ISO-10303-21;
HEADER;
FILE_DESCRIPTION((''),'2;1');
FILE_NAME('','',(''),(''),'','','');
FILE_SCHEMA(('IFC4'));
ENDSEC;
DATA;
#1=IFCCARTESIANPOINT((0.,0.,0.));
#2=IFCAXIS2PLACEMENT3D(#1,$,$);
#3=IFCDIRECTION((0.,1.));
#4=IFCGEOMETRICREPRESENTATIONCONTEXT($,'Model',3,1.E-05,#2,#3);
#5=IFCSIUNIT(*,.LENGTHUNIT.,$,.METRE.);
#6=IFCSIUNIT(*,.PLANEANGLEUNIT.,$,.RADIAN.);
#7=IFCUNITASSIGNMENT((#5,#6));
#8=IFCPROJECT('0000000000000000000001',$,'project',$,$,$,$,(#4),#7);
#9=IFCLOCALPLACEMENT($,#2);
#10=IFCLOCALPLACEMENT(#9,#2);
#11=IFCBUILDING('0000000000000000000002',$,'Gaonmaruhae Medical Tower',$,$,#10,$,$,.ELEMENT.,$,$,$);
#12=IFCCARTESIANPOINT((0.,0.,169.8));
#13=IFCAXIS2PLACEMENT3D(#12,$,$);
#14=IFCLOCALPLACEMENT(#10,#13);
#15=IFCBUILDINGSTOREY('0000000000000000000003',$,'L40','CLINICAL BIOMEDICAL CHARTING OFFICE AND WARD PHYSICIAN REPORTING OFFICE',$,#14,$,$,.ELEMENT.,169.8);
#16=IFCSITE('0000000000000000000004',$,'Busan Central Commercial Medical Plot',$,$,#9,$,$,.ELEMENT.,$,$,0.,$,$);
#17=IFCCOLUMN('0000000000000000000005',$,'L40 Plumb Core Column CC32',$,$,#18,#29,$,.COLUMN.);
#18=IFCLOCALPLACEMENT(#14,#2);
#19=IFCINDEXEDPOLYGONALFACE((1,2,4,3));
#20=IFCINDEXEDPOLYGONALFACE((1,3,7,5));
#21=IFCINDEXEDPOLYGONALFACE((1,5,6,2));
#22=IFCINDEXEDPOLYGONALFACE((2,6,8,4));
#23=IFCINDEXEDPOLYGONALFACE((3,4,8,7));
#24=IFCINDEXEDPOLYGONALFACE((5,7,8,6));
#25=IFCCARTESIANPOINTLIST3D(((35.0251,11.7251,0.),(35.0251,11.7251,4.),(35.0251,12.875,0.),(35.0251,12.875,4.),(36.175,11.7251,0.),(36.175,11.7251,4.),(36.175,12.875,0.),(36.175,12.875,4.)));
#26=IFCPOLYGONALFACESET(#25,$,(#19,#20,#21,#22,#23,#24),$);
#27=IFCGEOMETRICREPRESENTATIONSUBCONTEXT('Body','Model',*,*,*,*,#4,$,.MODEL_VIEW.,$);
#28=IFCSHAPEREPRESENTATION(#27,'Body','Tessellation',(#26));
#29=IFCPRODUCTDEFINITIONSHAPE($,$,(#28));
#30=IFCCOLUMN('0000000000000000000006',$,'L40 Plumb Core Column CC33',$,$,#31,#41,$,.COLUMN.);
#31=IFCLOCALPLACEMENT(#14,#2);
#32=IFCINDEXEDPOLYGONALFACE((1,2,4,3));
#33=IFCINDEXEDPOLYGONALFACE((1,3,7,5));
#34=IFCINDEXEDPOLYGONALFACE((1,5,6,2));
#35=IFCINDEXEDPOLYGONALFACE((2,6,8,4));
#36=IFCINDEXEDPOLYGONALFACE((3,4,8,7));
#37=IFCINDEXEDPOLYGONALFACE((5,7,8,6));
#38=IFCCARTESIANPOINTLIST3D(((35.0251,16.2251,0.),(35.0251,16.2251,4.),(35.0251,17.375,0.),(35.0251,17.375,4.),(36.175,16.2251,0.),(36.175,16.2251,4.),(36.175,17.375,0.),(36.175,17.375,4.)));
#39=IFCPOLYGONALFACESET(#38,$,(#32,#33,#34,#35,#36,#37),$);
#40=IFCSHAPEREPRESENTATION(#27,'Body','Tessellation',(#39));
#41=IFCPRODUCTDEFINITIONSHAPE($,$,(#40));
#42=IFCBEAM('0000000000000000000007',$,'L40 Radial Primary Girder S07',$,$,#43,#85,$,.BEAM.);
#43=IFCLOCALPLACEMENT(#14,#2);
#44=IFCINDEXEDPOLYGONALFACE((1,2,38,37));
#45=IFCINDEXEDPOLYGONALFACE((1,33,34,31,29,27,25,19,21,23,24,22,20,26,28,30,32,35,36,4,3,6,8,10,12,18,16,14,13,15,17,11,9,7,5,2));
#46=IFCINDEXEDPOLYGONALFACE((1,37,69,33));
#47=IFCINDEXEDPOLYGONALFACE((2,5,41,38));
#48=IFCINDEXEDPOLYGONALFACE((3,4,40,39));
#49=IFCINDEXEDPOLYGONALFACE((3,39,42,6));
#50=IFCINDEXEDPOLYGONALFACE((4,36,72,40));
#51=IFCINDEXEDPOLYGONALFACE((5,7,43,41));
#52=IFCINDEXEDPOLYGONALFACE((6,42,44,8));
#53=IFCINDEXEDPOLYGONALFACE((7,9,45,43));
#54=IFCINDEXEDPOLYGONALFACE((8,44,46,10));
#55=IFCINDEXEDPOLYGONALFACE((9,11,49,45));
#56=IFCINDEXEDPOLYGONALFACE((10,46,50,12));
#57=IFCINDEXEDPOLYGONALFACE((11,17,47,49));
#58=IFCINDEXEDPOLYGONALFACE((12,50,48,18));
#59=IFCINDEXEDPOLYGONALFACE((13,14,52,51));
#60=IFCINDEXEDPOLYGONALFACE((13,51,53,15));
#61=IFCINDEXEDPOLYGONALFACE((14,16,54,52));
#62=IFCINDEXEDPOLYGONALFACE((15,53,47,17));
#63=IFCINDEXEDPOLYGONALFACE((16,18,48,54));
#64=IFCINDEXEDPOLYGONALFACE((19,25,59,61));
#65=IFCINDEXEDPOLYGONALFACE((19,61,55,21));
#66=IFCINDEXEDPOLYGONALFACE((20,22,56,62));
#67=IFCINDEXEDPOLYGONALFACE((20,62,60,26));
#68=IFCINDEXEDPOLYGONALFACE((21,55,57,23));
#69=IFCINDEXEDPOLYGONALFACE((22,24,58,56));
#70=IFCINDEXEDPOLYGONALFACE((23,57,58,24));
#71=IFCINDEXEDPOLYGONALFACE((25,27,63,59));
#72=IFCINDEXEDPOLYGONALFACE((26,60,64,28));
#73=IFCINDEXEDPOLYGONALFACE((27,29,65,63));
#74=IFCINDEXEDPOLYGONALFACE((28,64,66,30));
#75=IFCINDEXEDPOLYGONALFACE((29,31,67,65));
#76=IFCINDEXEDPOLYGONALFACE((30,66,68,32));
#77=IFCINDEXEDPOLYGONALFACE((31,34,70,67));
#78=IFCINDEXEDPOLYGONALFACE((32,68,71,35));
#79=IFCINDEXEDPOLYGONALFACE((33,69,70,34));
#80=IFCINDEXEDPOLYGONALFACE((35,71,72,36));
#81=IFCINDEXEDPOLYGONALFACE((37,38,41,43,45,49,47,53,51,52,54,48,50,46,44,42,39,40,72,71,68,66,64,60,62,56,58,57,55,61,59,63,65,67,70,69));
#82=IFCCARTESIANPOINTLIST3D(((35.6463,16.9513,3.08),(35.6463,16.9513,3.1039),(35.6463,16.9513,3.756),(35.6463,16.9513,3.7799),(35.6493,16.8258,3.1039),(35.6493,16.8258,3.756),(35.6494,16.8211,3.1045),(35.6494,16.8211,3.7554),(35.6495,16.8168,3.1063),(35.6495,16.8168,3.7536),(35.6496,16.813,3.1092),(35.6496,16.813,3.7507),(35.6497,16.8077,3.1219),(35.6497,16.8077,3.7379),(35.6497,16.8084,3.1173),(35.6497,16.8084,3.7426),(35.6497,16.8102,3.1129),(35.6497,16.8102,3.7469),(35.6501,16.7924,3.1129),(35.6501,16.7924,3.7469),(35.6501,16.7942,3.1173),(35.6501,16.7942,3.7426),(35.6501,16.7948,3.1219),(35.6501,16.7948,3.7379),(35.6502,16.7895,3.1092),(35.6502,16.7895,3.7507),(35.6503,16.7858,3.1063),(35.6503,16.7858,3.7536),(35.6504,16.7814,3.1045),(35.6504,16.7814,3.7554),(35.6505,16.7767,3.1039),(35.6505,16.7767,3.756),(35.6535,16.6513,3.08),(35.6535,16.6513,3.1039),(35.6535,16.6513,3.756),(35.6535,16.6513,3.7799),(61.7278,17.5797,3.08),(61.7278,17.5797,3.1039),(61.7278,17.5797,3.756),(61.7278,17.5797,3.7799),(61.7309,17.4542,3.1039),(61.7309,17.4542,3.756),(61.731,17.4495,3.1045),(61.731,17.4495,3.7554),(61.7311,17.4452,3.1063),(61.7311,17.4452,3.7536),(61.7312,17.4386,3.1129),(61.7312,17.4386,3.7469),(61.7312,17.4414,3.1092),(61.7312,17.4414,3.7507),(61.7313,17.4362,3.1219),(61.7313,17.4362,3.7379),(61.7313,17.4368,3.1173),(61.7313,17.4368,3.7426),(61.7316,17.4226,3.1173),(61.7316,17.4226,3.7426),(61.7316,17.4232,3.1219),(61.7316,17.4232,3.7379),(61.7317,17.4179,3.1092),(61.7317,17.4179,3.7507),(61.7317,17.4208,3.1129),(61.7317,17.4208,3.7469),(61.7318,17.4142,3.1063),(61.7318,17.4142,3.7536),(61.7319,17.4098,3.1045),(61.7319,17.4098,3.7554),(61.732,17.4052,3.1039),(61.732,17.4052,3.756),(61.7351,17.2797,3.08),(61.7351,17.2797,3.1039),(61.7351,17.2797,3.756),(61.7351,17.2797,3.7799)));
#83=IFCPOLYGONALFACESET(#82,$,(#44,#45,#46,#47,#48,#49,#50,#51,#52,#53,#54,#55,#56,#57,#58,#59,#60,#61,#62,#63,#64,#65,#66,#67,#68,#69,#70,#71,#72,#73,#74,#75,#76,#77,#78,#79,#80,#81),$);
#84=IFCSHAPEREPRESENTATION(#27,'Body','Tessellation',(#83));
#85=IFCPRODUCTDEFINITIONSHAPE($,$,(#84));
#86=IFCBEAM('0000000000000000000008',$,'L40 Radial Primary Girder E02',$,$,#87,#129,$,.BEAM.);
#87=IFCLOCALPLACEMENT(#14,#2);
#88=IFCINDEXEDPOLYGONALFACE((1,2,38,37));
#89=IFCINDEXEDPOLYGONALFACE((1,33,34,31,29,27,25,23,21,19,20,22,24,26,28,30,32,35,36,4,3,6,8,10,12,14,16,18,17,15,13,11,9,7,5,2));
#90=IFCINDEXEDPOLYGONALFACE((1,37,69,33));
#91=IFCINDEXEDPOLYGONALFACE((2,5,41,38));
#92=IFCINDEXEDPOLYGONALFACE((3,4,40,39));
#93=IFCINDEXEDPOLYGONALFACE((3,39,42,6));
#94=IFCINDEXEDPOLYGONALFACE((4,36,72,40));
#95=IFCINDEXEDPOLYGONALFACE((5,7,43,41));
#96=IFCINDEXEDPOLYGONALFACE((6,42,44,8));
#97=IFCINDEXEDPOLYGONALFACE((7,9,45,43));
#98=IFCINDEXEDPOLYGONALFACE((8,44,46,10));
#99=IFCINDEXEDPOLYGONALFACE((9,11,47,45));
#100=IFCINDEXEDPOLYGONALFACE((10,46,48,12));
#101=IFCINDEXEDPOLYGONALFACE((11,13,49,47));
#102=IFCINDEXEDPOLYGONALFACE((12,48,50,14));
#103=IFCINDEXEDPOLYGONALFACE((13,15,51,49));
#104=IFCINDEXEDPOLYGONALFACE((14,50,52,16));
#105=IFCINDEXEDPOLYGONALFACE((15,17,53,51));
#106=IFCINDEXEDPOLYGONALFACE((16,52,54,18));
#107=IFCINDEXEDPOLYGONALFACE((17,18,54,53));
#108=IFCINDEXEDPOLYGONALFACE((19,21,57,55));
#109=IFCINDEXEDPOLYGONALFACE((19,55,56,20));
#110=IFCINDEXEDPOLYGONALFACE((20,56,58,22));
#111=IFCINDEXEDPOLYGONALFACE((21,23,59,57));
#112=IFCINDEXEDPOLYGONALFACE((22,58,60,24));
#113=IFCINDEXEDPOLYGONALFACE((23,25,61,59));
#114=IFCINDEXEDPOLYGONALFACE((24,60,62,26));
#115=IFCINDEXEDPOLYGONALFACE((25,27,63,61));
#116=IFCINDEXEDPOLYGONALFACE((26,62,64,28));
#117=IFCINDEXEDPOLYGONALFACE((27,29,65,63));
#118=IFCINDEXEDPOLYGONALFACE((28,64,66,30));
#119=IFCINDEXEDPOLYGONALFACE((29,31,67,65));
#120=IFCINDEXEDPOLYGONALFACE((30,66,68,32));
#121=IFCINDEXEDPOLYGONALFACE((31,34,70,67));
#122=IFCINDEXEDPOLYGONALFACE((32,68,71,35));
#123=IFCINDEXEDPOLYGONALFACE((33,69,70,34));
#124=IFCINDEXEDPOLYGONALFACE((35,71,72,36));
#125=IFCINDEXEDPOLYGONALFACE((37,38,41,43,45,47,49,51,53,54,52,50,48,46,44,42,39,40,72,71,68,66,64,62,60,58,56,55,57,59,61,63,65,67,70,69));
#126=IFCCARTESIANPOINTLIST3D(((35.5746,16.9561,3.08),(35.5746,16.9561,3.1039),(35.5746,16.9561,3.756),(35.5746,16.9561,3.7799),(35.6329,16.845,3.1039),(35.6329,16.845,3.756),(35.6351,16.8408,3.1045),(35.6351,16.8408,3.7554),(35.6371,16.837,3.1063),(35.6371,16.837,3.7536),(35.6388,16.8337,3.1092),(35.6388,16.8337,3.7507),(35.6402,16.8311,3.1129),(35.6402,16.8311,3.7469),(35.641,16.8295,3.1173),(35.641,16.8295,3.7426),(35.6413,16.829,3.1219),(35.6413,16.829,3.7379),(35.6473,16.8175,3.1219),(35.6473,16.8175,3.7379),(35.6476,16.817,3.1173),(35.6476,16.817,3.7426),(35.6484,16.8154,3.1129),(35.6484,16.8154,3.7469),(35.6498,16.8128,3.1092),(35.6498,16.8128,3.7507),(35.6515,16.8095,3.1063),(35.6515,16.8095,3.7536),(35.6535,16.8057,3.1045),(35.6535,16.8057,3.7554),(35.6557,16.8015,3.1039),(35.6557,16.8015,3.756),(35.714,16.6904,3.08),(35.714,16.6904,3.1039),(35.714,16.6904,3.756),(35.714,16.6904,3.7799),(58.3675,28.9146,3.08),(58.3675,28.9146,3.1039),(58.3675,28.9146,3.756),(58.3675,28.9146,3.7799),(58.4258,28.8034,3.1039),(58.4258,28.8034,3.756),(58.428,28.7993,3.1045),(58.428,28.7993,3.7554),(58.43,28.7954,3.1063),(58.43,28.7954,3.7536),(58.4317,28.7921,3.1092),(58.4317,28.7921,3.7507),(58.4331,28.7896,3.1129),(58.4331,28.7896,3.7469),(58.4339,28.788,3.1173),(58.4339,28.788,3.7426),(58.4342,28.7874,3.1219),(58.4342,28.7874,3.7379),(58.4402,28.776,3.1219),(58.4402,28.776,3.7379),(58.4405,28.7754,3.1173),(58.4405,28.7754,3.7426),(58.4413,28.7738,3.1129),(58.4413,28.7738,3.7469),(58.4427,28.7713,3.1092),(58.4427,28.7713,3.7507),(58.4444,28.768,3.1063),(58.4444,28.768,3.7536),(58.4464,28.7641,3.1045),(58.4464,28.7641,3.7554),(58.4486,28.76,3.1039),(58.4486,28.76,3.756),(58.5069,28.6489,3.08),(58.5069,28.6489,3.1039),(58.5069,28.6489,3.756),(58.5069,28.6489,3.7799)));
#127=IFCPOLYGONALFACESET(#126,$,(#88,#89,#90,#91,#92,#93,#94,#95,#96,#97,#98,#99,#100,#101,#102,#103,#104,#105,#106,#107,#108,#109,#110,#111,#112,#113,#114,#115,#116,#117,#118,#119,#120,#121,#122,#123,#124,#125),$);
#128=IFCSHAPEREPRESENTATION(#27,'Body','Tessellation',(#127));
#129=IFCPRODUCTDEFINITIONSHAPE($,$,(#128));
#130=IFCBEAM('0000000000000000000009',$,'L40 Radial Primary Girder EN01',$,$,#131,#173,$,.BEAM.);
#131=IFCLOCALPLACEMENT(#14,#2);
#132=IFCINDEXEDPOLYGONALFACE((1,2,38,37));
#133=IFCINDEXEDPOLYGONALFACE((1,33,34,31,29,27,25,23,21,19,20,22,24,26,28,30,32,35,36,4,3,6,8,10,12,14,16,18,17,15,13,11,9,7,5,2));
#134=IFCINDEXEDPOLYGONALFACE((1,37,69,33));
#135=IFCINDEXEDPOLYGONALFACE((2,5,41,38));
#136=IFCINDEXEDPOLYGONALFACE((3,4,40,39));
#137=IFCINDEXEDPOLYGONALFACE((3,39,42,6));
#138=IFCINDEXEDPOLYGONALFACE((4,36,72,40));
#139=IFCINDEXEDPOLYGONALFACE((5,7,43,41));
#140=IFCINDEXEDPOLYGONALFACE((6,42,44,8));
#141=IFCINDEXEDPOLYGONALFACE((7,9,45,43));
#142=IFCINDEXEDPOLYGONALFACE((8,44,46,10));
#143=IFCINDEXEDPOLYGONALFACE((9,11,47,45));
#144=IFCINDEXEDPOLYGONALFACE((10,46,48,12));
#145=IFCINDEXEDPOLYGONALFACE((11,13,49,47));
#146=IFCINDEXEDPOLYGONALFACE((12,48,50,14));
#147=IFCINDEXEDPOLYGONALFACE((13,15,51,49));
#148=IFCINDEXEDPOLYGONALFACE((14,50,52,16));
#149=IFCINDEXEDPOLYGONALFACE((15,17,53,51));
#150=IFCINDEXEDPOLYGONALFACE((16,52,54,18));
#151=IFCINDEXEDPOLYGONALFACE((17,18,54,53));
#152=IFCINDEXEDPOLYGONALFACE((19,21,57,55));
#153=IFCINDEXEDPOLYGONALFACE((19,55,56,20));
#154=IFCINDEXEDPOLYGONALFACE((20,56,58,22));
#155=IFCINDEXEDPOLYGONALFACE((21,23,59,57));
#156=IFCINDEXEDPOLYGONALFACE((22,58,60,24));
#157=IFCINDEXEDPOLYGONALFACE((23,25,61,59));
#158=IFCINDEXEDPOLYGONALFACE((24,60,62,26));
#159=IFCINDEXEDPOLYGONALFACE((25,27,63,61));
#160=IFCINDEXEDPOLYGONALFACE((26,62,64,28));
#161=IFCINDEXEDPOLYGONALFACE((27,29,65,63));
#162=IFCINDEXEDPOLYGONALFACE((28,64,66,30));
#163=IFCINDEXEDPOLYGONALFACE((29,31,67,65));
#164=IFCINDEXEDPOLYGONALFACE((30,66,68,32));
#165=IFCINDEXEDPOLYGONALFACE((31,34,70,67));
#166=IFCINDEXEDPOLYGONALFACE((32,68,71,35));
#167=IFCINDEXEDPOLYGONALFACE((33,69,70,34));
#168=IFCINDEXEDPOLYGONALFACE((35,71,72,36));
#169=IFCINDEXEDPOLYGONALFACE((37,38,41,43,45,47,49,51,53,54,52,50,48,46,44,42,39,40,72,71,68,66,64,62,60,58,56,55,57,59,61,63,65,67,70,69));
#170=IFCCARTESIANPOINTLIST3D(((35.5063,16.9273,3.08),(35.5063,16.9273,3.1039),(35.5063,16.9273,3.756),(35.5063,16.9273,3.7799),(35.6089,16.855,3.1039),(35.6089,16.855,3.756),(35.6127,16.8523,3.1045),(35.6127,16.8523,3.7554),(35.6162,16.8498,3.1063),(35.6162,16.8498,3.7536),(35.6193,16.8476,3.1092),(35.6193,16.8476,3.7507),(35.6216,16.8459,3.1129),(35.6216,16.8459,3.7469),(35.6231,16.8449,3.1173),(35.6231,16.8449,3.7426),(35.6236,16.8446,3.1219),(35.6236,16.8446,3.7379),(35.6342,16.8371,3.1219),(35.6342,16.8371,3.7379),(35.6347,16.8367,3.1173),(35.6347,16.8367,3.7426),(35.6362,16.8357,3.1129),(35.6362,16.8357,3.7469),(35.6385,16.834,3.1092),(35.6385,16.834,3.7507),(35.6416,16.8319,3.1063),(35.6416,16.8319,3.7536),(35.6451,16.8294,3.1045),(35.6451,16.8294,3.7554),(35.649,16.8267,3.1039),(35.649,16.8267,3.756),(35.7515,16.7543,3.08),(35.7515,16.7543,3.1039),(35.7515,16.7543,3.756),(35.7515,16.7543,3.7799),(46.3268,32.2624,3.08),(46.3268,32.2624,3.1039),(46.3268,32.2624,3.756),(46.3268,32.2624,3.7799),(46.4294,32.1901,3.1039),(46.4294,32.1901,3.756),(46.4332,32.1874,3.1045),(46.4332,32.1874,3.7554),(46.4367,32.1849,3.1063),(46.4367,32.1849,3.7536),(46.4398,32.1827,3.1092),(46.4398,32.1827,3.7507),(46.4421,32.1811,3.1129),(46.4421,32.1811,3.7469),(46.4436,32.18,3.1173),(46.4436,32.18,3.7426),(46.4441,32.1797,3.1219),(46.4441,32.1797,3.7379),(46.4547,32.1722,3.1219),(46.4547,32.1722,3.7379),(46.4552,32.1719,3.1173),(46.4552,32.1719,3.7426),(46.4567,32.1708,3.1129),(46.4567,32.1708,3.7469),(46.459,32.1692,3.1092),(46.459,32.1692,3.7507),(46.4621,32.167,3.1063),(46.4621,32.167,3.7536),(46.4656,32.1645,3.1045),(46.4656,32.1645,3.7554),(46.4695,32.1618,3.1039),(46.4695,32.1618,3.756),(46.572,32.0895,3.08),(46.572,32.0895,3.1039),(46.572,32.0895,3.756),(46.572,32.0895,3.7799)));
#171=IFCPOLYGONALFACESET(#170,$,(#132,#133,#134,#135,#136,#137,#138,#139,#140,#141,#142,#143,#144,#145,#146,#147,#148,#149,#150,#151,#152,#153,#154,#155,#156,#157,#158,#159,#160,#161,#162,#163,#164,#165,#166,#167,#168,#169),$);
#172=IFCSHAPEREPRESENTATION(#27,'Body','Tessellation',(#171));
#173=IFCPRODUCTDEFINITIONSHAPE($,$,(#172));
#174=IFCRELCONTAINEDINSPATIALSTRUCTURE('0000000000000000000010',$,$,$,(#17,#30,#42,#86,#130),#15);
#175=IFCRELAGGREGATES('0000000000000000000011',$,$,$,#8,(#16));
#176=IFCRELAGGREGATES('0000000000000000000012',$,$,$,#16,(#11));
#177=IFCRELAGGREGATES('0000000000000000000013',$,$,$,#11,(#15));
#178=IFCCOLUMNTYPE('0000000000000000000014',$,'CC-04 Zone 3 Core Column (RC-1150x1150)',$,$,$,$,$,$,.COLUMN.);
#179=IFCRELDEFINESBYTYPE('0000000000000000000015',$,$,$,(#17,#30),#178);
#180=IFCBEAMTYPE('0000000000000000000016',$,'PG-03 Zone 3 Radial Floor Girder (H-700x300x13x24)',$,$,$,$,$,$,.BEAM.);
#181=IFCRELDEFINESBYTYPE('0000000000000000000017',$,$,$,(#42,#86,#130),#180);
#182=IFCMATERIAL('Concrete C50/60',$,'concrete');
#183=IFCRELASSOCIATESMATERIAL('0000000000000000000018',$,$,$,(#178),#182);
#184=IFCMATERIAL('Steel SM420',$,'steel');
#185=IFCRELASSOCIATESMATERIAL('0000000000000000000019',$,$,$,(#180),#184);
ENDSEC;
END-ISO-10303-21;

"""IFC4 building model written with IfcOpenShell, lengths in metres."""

from ifc_helpers import new_model, si_unit, direction, frame, origin, origin_2d, place, context, subcontext, project, spatial, rectangle, i_section, extrude, material, material_profile, profile_set, type_object, element, save


model = new_model("IFC4")

# Units and contexts
model_context = context("Model", 3, precision=1e-05, world=origin(), true_north=direction((0.0, 1.0)))
body_context = subcontext(model_context, "Body", "Model", "MODEL_VIEW")
ifc_project = project(units=[si_unit("LENGTHUNIT", "METRE"), si_unit("PLANEANGLEUNIT", "RADIAN")], contexts=[model_context])

# Site, building, storey
site_placement = place(None, origin())
site = spatial("IfcSite", under=ifc_project, at=site_placement, Name="Busan Central Commercial Medical Plot", CompositionType="ELEMENT", RefElevation=0.0)
building_placement = place(site_placement, origin())
building = spatial("IfcBuilding", under=site, at=building_placement, Name="Gaonmaruhae Medical Tower", CompositionType="ELEMENT")
storey_placement = place(building_placement, frame((0.0, 0.0, 169.8)))
storey = spatial("IfcBuildingStorey", under=building, at=storey_placement, Name="L40", Description="CLINICAL BIOMEDICAL CHARTING OFFICE AND WARD PHYSICIAN REPORTING OFFICE", CompositionType="ELEMENT", Elevation=169.8)

# Columns
ifc_material_1 = material(Name="Concrete C50/60", Category="concrete")
ifc_material_profile_1 = material_profile(ifc_material_1, rectangle(XDim=1.1499, YDim=1.1499, at=origin_2d()), Name="RC-1150x1150")
ifc_profile_set_1 = profile_set([ifc_material_profile_1], Name="Concrete C50/60")
column_type = type_object("IfcColumnType", Name="CC-04 Zone 3 Core Column (RC-1150x1150)", PredefinedType="COLUMN", material=ifc_profile_set_1)
for number, where, z_axis, x_axis, name in (
    (1, (35.6001, 12.3, 0.0), (0.0, 0.0, 1.0), (1.0, 0.0, 0.0), "L40 Plumb Core Column CC32"),
    (2, (35.6001, 16.8, 0.0), (0.0, 0.0, 1.0), (1.0, 0.0, 0.0), "L40 Plumb Core Column CC33"),
):
    element("IfcColumn", number, at=place(storey_placement, frame(where, z_axis=z_axis, x_axis=x_axis)), inside=storey, type_object=column_type, Name=name, PredefinedType="COLUMN", context=body_context, shape_type="SweptSolid", body=[
        extrude(rectangle(XDim=1.1499, YDim=1.1499, at=origin_2d()), origin(), (0.0, 0.0, 1.0), 4.0),
    ])

# Beams
ifc_material_2 = material(Name="Steel SM420", Category="steel")
ifc_material_profile_2 = material_profile(ifc_material_2, i_section(OverallWidth=0.3, OverallDepth=0.7, WebThickness=0.0129, FlangeThickness=0.0239, FilletRadius=0.0181, at=origin_2d()), Name="H-700x300x13x24")
ifc_profile_set_2 = profile_set([ifc_material_profile_2], Name="Steel SM420")
beam_type = type_object("IfcBeamType", Name="PG-03 Zone 3 Radial Floor Girder (H-700x300x13x24)", PredefinedType="BEAM", material=ifc_profile_set_2)
beam_1_placement = place(storey_placement, frame((35.6499, 16.8013, 3.4299), z_axis=(0.99971, 0.024087, 0.0), x_axis=(-0.024087, 0.99971, 0.0)))
element("IfcBeam", 3, at=beam_1_placement, inside=storey, type_object=beam_type, Name="L40 Radial Primary Girder S07", PredefinedType="BEAM", context=body_context, shape_type="SweptSolid", body=[
    extrude(i_section(OverallWidth=0.3, OverallDepth=0.7, WebThickness=0.0129, FlangeThickness=0.0239, FilletRadius=0.0181, at=origin_2d()), origin(), (0.0, 0.0, 1.0), 26.0891),
])
beam_2_placement = place(storey_placement, frame((35.6443, 16.8232, 3.4299), z_axis=(0.885523, 0.464596, 0.0), x_axis=(-0.464596, 0.885523, 0.0)))
element("IfcBeam", 4, at=beam_2_placement, inside=storey, type_object=beam_type, Name="L40 Radial Primary Girder E02", PredefinedType="BEAM", context=body_context, shape_type="SweptSolid", body=[
    extrude(i_section(OverallWidth=0.3, OverallDepth=0.7, WebThickness=0.0129, FlangeThickness=0.0239, FilletRadius=0.0181, at=origin_2d()), origin(), (0.0, 0.0, 1.0), 25.7395),
])
beam_3_placement = place(storey_placement, frame((35.6289, 16.8408, 3.4299), z_axis=(0.57653, 0.817076, 0.0), x_axis=(-0.817076, 0.57653, 0.0)))
element("IfcBeam", 5, at=beam_3_placement, inside=storey, type_object=beam_type, Name="L40 Radial Primary Girder EN01", PredefinedType="BEAM", context=body_context, shape_type="SweptSolid", body=[
    extrude(i_section(OverallWidth=0.3, OverallDepth=0.7, WebThickness=0.0129, FlangeThickness=0.0239, FilletRadius=0.0181, at=origin_2d()), origin(), (0.0, 0.0, 1.0), 18.7683),
])

save(model, "model.ifc")
